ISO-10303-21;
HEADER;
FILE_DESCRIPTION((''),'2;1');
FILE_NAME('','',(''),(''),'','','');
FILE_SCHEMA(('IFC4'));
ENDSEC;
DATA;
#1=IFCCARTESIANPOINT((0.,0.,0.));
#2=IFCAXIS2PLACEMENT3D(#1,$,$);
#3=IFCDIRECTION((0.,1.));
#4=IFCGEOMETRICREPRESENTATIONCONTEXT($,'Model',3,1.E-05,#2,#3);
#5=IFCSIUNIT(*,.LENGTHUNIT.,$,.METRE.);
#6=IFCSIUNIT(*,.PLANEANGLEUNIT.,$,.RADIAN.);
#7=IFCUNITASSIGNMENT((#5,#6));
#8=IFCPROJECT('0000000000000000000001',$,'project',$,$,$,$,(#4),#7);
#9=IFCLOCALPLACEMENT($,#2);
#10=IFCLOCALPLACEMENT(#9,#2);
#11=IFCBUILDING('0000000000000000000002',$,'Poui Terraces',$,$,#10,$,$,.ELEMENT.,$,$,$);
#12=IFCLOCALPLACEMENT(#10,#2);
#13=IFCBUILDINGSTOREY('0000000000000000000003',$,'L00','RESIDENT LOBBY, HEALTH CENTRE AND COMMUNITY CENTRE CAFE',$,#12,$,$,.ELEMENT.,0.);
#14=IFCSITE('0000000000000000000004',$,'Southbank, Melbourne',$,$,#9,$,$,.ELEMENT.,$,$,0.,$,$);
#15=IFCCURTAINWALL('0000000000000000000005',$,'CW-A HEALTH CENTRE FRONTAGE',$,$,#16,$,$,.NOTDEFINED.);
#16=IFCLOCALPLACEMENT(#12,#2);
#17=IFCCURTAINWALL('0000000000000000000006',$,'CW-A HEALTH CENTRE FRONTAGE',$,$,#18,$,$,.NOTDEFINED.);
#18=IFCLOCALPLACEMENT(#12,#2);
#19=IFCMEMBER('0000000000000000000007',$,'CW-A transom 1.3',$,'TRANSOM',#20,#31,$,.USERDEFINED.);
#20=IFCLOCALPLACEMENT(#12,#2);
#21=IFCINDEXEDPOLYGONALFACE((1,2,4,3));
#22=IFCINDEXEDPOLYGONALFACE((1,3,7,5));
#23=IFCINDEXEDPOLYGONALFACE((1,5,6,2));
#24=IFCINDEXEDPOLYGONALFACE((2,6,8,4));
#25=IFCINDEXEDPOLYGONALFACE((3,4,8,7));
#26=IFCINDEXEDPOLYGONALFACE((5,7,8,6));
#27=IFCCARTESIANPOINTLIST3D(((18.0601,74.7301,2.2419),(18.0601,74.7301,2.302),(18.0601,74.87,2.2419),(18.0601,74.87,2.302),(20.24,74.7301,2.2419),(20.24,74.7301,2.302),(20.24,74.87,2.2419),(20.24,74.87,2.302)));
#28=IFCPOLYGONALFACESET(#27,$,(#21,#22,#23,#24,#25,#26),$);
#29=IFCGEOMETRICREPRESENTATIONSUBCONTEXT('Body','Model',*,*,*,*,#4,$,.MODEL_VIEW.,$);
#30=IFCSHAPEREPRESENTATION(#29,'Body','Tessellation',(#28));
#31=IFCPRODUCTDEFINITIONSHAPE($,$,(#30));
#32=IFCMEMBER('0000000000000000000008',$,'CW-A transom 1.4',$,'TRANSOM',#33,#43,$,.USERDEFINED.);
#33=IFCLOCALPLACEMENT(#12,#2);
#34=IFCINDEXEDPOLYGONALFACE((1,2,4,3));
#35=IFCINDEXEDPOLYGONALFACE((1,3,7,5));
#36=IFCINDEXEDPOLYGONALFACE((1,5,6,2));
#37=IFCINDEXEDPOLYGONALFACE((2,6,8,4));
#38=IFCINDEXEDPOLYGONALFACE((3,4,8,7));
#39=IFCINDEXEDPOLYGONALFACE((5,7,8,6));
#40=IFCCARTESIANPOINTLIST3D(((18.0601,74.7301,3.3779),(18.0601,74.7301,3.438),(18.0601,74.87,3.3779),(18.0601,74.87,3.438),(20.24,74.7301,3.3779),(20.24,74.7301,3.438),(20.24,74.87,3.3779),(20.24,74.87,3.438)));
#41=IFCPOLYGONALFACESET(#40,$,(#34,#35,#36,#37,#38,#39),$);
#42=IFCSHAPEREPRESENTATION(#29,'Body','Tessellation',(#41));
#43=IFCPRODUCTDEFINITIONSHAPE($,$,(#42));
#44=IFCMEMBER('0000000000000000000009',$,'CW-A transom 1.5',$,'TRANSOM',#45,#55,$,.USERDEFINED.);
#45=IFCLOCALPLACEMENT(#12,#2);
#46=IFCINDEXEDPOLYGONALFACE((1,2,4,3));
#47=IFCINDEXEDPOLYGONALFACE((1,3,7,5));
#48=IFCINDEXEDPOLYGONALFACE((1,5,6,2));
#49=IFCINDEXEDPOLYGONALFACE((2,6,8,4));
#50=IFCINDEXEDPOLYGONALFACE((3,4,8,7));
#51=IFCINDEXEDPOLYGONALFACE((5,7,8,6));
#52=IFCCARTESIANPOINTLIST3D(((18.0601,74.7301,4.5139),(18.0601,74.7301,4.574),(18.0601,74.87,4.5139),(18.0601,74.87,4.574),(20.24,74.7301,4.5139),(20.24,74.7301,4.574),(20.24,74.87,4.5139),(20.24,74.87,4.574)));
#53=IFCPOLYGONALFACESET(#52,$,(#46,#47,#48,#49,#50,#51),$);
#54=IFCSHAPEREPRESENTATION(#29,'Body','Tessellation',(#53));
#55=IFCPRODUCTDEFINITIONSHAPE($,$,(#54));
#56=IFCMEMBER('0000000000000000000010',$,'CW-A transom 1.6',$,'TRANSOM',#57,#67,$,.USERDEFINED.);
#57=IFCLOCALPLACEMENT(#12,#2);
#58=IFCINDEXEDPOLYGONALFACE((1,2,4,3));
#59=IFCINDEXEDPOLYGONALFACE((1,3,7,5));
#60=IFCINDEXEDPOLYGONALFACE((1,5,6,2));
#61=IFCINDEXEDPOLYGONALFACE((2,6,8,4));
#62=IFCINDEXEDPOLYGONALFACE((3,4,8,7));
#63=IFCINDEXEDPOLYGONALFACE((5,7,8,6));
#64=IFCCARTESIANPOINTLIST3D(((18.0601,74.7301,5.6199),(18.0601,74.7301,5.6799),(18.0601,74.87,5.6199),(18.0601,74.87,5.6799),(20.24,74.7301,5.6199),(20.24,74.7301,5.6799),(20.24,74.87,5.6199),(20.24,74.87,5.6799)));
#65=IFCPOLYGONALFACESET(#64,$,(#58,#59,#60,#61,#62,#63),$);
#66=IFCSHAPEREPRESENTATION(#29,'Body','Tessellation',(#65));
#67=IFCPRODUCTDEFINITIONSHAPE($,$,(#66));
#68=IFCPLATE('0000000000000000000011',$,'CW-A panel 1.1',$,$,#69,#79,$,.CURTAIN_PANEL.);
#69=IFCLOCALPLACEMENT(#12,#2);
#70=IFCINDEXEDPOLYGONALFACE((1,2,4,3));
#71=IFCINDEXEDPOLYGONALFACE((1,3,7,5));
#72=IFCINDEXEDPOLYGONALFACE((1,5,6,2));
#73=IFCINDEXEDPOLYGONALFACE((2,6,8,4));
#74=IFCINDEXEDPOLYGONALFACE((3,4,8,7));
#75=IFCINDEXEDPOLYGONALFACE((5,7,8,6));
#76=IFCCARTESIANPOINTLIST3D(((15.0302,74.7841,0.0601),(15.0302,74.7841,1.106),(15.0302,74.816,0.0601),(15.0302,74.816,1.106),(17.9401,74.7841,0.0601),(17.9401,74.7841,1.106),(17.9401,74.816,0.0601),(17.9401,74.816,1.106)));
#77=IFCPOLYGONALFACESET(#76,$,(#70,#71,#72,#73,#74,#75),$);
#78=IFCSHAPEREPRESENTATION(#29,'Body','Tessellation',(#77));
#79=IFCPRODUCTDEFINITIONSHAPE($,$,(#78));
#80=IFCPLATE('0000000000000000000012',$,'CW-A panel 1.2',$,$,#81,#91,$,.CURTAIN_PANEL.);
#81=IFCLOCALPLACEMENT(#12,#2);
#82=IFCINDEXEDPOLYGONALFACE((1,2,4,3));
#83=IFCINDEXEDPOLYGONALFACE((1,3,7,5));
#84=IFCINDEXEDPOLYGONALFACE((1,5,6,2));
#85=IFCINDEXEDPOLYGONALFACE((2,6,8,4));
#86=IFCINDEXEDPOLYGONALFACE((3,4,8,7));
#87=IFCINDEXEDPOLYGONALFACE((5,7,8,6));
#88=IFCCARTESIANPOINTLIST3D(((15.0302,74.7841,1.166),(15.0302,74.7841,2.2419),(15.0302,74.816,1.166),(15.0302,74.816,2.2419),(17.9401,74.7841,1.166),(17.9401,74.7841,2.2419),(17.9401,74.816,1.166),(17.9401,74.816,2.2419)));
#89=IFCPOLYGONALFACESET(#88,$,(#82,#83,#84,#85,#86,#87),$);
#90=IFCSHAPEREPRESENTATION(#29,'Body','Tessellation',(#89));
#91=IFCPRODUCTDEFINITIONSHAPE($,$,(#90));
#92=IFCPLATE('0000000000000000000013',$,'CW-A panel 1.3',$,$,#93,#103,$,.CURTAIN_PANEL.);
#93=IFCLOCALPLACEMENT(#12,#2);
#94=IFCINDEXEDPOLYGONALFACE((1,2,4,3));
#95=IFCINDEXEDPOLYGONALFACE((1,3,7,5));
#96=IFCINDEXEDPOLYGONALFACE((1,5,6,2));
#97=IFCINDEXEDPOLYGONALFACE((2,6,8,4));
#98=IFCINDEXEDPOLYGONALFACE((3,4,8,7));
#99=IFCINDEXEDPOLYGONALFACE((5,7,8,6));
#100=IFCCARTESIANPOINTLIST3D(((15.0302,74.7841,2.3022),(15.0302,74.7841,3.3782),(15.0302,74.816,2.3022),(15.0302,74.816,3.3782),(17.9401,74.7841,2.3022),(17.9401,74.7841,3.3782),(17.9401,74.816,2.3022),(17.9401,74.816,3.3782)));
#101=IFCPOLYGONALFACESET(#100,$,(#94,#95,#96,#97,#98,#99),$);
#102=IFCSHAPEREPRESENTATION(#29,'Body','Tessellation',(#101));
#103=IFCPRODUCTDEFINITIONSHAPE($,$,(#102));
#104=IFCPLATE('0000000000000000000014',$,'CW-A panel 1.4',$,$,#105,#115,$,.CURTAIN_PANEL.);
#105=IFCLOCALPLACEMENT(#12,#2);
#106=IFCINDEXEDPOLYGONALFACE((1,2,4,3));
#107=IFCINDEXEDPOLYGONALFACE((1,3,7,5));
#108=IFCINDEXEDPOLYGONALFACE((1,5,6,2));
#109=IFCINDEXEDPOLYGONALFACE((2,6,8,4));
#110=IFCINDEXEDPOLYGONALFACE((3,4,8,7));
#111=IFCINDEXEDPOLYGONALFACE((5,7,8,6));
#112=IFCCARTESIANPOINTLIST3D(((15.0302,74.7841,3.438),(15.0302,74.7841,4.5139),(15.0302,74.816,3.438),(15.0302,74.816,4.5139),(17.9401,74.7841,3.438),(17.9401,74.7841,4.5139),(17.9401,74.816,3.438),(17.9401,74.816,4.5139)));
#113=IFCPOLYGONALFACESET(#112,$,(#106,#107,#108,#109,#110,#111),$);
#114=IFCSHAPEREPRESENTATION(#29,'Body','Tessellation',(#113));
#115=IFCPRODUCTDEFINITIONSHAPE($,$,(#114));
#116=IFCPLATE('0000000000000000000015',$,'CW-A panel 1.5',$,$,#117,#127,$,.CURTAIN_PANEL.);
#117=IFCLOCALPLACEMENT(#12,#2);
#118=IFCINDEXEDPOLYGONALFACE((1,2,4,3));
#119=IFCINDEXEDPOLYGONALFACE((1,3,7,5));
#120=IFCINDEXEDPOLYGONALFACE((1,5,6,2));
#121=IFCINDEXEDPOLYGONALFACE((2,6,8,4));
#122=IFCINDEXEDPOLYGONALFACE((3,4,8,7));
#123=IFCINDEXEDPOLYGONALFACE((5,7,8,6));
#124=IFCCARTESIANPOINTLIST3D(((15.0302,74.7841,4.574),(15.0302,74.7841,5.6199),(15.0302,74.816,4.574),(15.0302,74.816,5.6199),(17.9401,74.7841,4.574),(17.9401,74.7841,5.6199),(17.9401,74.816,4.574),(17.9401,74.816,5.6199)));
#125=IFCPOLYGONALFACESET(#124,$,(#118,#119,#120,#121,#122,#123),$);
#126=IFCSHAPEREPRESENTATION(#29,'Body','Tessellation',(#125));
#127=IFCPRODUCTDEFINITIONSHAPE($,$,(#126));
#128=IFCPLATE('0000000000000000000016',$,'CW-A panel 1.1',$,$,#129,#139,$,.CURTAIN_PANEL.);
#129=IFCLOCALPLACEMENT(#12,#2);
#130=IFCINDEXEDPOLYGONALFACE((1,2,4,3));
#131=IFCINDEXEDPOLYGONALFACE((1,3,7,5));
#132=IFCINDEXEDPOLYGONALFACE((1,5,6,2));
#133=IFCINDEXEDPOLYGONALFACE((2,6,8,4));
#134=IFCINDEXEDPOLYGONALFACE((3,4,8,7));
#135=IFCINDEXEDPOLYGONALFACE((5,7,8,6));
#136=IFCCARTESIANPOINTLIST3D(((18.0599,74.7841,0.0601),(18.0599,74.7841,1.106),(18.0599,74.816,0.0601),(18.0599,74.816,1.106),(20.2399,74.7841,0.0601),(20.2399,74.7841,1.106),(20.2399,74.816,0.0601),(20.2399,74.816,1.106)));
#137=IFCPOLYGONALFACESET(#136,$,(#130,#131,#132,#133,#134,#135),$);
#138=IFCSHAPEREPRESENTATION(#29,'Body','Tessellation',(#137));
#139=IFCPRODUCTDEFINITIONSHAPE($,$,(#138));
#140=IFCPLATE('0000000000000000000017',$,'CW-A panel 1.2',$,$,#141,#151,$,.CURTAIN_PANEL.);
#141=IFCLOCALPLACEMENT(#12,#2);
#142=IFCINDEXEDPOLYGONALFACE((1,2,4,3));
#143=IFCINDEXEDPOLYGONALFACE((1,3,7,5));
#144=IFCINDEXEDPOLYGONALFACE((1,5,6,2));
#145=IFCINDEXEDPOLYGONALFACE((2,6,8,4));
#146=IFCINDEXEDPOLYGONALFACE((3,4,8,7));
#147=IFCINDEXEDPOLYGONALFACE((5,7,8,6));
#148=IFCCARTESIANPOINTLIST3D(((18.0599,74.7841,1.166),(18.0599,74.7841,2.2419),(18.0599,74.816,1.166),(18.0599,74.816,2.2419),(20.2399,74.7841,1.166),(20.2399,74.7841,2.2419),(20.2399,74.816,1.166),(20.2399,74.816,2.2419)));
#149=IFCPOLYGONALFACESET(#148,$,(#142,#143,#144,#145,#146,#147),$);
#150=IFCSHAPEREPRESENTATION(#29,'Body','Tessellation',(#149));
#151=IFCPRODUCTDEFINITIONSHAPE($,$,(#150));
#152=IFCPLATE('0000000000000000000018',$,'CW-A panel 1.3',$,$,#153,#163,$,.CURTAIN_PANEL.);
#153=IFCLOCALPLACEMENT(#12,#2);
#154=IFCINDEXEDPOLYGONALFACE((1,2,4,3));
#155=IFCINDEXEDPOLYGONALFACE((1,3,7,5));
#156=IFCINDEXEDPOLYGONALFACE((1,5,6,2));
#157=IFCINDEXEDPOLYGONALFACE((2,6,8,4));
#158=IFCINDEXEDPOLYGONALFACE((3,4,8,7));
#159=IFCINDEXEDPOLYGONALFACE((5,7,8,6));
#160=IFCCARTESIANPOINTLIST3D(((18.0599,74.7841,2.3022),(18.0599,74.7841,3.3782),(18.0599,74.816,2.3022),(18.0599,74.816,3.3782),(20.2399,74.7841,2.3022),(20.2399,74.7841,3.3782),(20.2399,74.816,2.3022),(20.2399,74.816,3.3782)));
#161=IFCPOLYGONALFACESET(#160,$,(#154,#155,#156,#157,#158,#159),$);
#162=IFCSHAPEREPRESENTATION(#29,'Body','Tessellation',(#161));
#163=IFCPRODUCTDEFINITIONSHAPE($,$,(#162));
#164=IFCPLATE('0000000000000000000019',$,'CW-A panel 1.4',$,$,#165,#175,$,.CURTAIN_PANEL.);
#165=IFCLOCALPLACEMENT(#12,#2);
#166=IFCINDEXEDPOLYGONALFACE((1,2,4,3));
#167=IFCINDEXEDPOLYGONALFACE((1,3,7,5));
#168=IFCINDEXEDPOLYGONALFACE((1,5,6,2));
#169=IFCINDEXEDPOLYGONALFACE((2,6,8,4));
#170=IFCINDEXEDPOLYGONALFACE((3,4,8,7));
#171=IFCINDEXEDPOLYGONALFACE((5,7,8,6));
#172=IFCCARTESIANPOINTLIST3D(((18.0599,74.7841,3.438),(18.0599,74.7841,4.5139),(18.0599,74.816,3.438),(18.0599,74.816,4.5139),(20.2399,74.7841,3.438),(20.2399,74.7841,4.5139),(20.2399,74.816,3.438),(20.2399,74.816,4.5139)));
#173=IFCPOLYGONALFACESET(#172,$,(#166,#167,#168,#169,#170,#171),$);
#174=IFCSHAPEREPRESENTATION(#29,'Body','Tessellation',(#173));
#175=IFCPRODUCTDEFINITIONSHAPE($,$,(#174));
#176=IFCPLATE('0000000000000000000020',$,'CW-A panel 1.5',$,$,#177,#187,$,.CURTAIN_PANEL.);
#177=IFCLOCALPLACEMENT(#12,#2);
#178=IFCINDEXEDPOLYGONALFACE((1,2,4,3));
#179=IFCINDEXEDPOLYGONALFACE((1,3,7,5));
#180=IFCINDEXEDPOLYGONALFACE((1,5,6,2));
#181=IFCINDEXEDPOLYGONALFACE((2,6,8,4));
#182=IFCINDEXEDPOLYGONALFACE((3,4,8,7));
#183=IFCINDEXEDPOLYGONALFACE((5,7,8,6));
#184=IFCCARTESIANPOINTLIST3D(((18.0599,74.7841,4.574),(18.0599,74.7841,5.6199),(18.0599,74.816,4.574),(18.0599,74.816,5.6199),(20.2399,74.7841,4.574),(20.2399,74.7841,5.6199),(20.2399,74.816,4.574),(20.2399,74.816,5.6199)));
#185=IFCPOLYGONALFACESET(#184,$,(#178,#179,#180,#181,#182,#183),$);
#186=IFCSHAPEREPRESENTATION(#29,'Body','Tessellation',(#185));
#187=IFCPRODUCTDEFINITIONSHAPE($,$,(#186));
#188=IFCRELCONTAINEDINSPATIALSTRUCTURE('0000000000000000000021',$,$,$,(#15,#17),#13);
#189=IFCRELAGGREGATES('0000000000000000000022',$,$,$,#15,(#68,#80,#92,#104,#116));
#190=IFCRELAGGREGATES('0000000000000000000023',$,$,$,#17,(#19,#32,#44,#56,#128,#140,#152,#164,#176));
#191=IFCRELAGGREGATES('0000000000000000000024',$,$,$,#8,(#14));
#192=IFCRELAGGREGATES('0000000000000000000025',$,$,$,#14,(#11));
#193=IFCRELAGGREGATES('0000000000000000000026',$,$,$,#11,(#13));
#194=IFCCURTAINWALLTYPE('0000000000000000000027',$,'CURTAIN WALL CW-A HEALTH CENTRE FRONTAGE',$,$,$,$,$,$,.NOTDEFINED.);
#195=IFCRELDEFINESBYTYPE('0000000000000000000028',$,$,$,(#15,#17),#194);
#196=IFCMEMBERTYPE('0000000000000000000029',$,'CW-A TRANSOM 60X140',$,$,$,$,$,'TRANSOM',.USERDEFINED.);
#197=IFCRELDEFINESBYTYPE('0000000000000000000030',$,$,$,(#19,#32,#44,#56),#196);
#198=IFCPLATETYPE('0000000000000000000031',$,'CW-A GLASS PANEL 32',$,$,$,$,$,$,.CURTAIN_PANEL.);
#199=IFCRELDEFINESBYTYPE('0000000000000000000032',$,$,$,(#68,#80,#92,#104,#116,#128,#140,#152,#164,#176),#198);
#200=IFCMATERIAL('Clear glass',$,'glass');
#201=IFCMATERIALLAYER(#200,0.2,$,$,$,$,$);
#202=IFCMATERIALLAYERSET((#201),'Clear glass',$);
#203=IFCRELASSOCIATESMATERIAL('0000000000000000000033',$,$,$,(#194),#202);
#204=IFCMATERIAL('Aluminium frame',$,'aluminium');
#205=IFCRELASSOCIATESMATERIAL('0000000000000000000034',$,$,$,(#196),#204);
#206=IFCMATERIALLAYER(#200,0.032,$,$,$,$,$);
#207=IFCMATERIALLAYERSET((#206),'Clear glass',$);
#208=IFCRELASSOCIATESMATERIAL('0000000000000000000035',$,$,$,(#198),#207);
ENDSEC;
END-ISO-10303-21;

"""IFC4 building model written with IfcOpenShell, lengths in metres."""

from ifc_helpers import new_model, si_unit, direction, frame, origin, origin_2d, place, context, subcontext, project, spatial, rectangle, extrude, material, layer, layer_set, material_profile, profile_set, type_object, element, aggregate, save


model = new_model("IFC4")

# Units and contexts
model_context = context("Model", 3, precision=1e-05, world=origin(), true_north=direction((0.0, 1.0)))
body_context = subcontext(model_context, "Body", "Model", "MODEL_VIEW")
ifc_project = project(units=[si_unit("LENGTHUNIT", "METRE"), si_unit("PLANEANGLEUNIT", "RADIAN")], contexts=[model_context])

# Site, building, storey
site_placement = place(None, origin())
site = spatial("IfcSite", under=ifc_project, at=site_placement, Name="Southbank, Melbourne", CompositionType="ELEMENT", RefElevation=0.0)
building_placement = place(site_placement, origin())
building = spatial("IfcBuilding", under=site, at=building_placement, Name="Poui Terraces", CompositionType="ELEMENT")
storey_placement = place(building_placement, origin())
storey = spatial("IfcBuildingStorey", under=building, at=storey_placement, Name="L00", Description="RESIDENT LOBBY, HEALTH CENTRE AND COMMUNITY CENTRE CAFE", CompositionType="ELEMENT", Elevation=0.0)

# Curtain walls
ifc_material_1 = material(Name="Clear glass", Category="glass")
ifc_layer_1 = layer(ifc_material_1, 0.2)
ifc_layer_set_1 = layer_set([ifc_layer_1], Name="Clear glass")
curtain_wall_type = type_object("IfcCurtainWallType", Name="CURTAIN WALL CW-A HEALTH CENTRE FRONTAGE", PredefinedType="NOTDEFINED", material=ifc_layer_set_1)
curtain_wall_1_placement = place(storey_placement, origin())
curtain_wall_1 = element("IfcCurtainWall", 1, at=curtain_wall_1_placement, inside=storey, type_object=curtain_wall_type, Name="CW-A HEALTH CENTRE FRONTAGE", PredefinedType="NOTDEFINED")
ifc_material_2 = material(Name="Aluminium frame", Category="aluminium")
curtain_wall_2_placement = place(storey_placement, origin())
curtain_wall_2 = element("IfcCurtainWall", 2, at=curtain_wall_2_placement, inside=storey, type_object=curtain_wall_type, Name="CW-A HEALTH CENTRE FRONTAGE", PredefinedType="NOTDEFINED")

# Members
ifc_material_profile_1 = material_profile(ifc_material_2, rectangle(XDim=0.1399, YDim=0.0601, at=origin_2d()), Name="CW-A TRANSOM 60X140")
ifc_profile_set_1 = profile_set([ifc_material_profile_1], Name="Aluminium frame")
member_type_1 = type_object("IfcMemberType", Name="CW-A TRANSOM 60X140", ElementType="TRANSOM", PredefinedType="USERDEFINED", material=ifc_profile_set_1)
member_1_placement = place(storey_placement, frame((20.24, 74.8, 2.272), z_axis=(-1.0, 0.0, 0.0), x_axis=(0.0, -1.0, 0.0)))
member_1 = element("IfcMember", 3, at=member_1_placement, type_object=member_type_1, Name="CW-A transom 1.3", ObjectType="TRANSOM", PredefinedType="USERDEFINED", context=body_context, shape_type="SweptSolid", body=[
    extrude(rectangle(XDim=0.1399, YDim=0.0601, at=origin_2d()), origin(), (0.0, 0.0, 1.0), 2.1799),
])
member_2_placement = place(storey_placement, frame((20.24, 74.8, 3.408), z_axis=(-1.0, 0.0, 0.0), x_axis=(0.0, -1.0, 0.0)))
member_2 = element("IfcMember", 4, at=member_2_placement, type_object=member_type_1, Name="CW-A transom 1.4", ObjectType="TRANSOM", PredefinedType="USERDEFINED", context=body_context, shape_type="SweptSolid", body=[
    extrude(rectangle(XDim=0.1399, YDim=0.0601, at=origin_2d()), origin(), (0.0, 0.0, 1.0), 2.1799),
])
member_3_placement = place(storey_placement, frame((20.24, 74.8, 4.5439), z_axis=(-1.0, 0.0, 0.0), x_axis=(0.0, -1.0, 0.0)))
member_3 = element("IfcMember", 5, at=member_3_placement, type_object=member_type_1, Name="CW-A transom 1.5", ObjectType="TRANSOM", PredefinedType="USERDEFINED", context=body_context, shape_type="SweptSolid", body=[
    extrude(rectangle(XDim=0.1399, YDim=0.0601, at=origin_2d()), origin(), (0.0, 0.0, 1.0), 2.1799),
])
member_4_placement = place(storey_placement, frame((20.24, 74.8, 5.6499), z_axis=(-1.0, 0.0, 0.0), x_axis=(0.0, -1.0, 0.0)))
member_4 = element("IfcMember", 6, at=member_4_placement, type_object=member_type_1, Name="CW-A transom 1.6", ObjectType="TRANSOM", PredefinedType="USERDEFINED", context=body_context, shape_type="SweptSolid", body=[
    extrude(rectangle(XDim=0.1399, YDim=0.0601, at=origin_2d()), origin(), (0.0, 0.0, 1.0), 2.1799),
])

# Plates
ifc_layer_2 = layer(ifc_material_1, 0.032)
ifc_layer_set_2 = layer_set([ifc_layer_2], Name="Clear glass")
plate_type = type_object("IfcPlateType", Name="CW-A GLASS PANEL 32", PredefinedType="CURTAIN_PANEL", material=ifc_layer_set_2)
plate_1_placement = place(storey_placement, frame((16.4851, 74.8, 0.0601), z_axis=(0.0, 0.0, 1.0), x_axis=(-1.0, 0.0, 0.0)))
plate_1 = element("IfcPlate", 7, at=plate_1_placement, type_object=plate_type, Name="CW-A panel 1.1", PredefinedType="CURTAIN_PANEL", context=body_context, shape_type="SweptSolid", body=[
    extrude(rectangle(XDim=2.9099, YDim=0.032, at=origin_2d()), origin(), (0.0, 0.0, 1.0), 1.0459),
])
plate_2_placement = place(storey_placement, frame((16.4851, 74.8, 1.166), z_axis=(0.0, 0.0, 1.0), x_axis=(-1.0, 0.0, 0.0)))
plate_2 = element("IfcPlate", 8, at=plate_2_placement, type_object=plate_type, Name="CW-A panel 1.2", PredefinedType="CURTAIN_PANEL", context=body_context, shape_type="SweptSolid", body=[
    extrude(rectangle(XDim=2.9099, YDim=0.032, at=origin_2d()), origin(), (0.0, 0.0, 1.0), 1.0759),
])
plate_3_placement = place(storey_placement, frame((16.4851, 74.8, 2.3022), z_axis=(0.0, 0.0, 1.0), x_axis=(-1.0, 0.0, 0.0)))
plate_3 = element("IfcPlate", 9, at=plate_3_placement, type_object=plate_type, Name="CW-A panel 1.3", PredefinedType="CURTAIN_PANEL", context=body_context, shape_type="SweptSolid", body=[
    extrude(rectangle(XDim=2.9099, YDim=0.032, at=origin_2d()), origin(), (0.0, 0.0, 1.0), 1.0759),
])
plate_4_placement = place(storey_placement, frame((16.4851, 74.8, 3.438), z_axis=(0.0, 0.0, 1.0), x_axis=(-1.0, 0.0, 0.0)))
plate_4 = element("IfcPlate", 10, at=plate_4_placement, type_object=plate_type, Name="CW-A panel 1.4", PredefinedType="CURTAIN_PANEL", context=body_context, shape_type="SweptSolid", body=[
    extrude(rectangle(XDim=2.9099, YDim=0.032, at=origin_2d()), origin(), (0.0, 0.0, 1.0), 1.0759),
])
plate_5_placement = place(storey_placement, frame((16.4851, 74.8, 4.574), z_axis=(0.0, 0.0, 1.0), x_axis=(-1.0, 0.0, 0.0)))
plate_5 = element("IfcPlate", 11, at=plate_5_placement, type_object=plate_type, Name="CW-A panel 1.5", PredefinedType="CURTAIN_PANEL", context=body_context, shape_type="SweptSolid", body=[
    extrude(rectangle(XDim=2.9099, YDim=0.032, at=origin_2d()), origin(), (0.0, 0.0, 1.0), 1.0459),
])
aggregate(curtain_wall_1, [plate_1, plate_2, plate_3, plate_4, plate_5])
plate_6_placement = place(storey_placement, frame((19.1499, 74.8, 0.0601), z_axis=(0.0, 0.0, 1.0), x_axis=(-1.0, 0.0, 0.0)))
plate_6 = element("IfcPlate", 12, at=plate_6_placement, type_object=plate_type, Name="CW-A panel 1.1", PredefinedType="CURTAIN_PANEL", context=body_context, shape_type="SweptSolid", body=[
    extrude(rectangle(XDim=2.1799, YDim=0.032, at=origin_2d()), origin(), (0.0, 0.0, 1.0), 1.0459),
])
plate_7_placement = place(storey_placement, frame((19.1499, 74.8, 1.166), z_axis=(0.0, 0.0, 1.0), x_axis=(-1.0, 0.0, 0.0)))
plate_7 = element("IfcPlate", 13, at=plate_7_placement, type_object=plate_type, Name="CW-A panel 1.2", PredefinedType="CURTAIN_PANEL", context=body_context, shape_type="SweptSolid", body=[
    extrude(rectangle(XDim=2.1799, YDim=0.032, at=origin_2d()), origin(), (0.0, 0.0, 1.0), 1.0759),
])
plate_8_placement = place(storey_placement, frame((19.1499, 74.8, 2.3022), z_axis=(0.0, 0.0, 1.0), x_axis=(-1.0, 0.0, 0.0)))
plate_8 = element("IfcPlate", 14, at=plate_8_placement, type_object=plate_type, Name="CW-A panel 1.3", PredefinedType="CURTAIN_PANEL", context=body_context, shape_type="SweptSolid", body=[
    extrude(rectangle(XDim=2.1799, YDim=0.032, at=origin_2d()), origin(), (0.0, 0.0, 1.0), 1.0759),
])
plate_9_placement = place(storey_placement, frame((19.1499, 74.8, 3.438), z_axis=(0.0, 0.0, 1.0), x_axis=(-1.0, 0.0, 0.0)))
plate_9 = element("IfcPlate", 15, at=plate_9_placement, type_object=plate_type, Name="CW-A panel 1.4", PredefinedType="CURTAIN_PANEL", context=body_context, shape_type="SweptSolid", body=[
    extrude(rectangle(XDim=2.1799, YDim=0.032, at=origin_2d()), origin(), (0.0, 0.0, 1.0), 1.0759),
])
plate_10_placement = place(storey_placement, frame((19.1499, 74.8, 4.574), z_axis=(0.0, 0.0, 1.0), x_axis=(-1.0, 0.0, 0.0)))
plate_10 = element("IfcPlate", 16, at=plate_10_placement, type_object=plate_type, Name="CW-A panel 1.5", PredefinedType="CURTAIN_PANEL", context=body_context, shape_type="SweptSolid", body=[
    extrude(rectangle(XDim=2.1799, YDim=0.032, at=origin_2d()), origin(), (0.0, 0.0, 1.0), 1.0459),
])
aggregate(curtain_wall_2, [member_1, member_2, member_3, member_4, plate_6, plate_7, plate_8, plate_9, plate_10])

save(model, "model.ifc")
